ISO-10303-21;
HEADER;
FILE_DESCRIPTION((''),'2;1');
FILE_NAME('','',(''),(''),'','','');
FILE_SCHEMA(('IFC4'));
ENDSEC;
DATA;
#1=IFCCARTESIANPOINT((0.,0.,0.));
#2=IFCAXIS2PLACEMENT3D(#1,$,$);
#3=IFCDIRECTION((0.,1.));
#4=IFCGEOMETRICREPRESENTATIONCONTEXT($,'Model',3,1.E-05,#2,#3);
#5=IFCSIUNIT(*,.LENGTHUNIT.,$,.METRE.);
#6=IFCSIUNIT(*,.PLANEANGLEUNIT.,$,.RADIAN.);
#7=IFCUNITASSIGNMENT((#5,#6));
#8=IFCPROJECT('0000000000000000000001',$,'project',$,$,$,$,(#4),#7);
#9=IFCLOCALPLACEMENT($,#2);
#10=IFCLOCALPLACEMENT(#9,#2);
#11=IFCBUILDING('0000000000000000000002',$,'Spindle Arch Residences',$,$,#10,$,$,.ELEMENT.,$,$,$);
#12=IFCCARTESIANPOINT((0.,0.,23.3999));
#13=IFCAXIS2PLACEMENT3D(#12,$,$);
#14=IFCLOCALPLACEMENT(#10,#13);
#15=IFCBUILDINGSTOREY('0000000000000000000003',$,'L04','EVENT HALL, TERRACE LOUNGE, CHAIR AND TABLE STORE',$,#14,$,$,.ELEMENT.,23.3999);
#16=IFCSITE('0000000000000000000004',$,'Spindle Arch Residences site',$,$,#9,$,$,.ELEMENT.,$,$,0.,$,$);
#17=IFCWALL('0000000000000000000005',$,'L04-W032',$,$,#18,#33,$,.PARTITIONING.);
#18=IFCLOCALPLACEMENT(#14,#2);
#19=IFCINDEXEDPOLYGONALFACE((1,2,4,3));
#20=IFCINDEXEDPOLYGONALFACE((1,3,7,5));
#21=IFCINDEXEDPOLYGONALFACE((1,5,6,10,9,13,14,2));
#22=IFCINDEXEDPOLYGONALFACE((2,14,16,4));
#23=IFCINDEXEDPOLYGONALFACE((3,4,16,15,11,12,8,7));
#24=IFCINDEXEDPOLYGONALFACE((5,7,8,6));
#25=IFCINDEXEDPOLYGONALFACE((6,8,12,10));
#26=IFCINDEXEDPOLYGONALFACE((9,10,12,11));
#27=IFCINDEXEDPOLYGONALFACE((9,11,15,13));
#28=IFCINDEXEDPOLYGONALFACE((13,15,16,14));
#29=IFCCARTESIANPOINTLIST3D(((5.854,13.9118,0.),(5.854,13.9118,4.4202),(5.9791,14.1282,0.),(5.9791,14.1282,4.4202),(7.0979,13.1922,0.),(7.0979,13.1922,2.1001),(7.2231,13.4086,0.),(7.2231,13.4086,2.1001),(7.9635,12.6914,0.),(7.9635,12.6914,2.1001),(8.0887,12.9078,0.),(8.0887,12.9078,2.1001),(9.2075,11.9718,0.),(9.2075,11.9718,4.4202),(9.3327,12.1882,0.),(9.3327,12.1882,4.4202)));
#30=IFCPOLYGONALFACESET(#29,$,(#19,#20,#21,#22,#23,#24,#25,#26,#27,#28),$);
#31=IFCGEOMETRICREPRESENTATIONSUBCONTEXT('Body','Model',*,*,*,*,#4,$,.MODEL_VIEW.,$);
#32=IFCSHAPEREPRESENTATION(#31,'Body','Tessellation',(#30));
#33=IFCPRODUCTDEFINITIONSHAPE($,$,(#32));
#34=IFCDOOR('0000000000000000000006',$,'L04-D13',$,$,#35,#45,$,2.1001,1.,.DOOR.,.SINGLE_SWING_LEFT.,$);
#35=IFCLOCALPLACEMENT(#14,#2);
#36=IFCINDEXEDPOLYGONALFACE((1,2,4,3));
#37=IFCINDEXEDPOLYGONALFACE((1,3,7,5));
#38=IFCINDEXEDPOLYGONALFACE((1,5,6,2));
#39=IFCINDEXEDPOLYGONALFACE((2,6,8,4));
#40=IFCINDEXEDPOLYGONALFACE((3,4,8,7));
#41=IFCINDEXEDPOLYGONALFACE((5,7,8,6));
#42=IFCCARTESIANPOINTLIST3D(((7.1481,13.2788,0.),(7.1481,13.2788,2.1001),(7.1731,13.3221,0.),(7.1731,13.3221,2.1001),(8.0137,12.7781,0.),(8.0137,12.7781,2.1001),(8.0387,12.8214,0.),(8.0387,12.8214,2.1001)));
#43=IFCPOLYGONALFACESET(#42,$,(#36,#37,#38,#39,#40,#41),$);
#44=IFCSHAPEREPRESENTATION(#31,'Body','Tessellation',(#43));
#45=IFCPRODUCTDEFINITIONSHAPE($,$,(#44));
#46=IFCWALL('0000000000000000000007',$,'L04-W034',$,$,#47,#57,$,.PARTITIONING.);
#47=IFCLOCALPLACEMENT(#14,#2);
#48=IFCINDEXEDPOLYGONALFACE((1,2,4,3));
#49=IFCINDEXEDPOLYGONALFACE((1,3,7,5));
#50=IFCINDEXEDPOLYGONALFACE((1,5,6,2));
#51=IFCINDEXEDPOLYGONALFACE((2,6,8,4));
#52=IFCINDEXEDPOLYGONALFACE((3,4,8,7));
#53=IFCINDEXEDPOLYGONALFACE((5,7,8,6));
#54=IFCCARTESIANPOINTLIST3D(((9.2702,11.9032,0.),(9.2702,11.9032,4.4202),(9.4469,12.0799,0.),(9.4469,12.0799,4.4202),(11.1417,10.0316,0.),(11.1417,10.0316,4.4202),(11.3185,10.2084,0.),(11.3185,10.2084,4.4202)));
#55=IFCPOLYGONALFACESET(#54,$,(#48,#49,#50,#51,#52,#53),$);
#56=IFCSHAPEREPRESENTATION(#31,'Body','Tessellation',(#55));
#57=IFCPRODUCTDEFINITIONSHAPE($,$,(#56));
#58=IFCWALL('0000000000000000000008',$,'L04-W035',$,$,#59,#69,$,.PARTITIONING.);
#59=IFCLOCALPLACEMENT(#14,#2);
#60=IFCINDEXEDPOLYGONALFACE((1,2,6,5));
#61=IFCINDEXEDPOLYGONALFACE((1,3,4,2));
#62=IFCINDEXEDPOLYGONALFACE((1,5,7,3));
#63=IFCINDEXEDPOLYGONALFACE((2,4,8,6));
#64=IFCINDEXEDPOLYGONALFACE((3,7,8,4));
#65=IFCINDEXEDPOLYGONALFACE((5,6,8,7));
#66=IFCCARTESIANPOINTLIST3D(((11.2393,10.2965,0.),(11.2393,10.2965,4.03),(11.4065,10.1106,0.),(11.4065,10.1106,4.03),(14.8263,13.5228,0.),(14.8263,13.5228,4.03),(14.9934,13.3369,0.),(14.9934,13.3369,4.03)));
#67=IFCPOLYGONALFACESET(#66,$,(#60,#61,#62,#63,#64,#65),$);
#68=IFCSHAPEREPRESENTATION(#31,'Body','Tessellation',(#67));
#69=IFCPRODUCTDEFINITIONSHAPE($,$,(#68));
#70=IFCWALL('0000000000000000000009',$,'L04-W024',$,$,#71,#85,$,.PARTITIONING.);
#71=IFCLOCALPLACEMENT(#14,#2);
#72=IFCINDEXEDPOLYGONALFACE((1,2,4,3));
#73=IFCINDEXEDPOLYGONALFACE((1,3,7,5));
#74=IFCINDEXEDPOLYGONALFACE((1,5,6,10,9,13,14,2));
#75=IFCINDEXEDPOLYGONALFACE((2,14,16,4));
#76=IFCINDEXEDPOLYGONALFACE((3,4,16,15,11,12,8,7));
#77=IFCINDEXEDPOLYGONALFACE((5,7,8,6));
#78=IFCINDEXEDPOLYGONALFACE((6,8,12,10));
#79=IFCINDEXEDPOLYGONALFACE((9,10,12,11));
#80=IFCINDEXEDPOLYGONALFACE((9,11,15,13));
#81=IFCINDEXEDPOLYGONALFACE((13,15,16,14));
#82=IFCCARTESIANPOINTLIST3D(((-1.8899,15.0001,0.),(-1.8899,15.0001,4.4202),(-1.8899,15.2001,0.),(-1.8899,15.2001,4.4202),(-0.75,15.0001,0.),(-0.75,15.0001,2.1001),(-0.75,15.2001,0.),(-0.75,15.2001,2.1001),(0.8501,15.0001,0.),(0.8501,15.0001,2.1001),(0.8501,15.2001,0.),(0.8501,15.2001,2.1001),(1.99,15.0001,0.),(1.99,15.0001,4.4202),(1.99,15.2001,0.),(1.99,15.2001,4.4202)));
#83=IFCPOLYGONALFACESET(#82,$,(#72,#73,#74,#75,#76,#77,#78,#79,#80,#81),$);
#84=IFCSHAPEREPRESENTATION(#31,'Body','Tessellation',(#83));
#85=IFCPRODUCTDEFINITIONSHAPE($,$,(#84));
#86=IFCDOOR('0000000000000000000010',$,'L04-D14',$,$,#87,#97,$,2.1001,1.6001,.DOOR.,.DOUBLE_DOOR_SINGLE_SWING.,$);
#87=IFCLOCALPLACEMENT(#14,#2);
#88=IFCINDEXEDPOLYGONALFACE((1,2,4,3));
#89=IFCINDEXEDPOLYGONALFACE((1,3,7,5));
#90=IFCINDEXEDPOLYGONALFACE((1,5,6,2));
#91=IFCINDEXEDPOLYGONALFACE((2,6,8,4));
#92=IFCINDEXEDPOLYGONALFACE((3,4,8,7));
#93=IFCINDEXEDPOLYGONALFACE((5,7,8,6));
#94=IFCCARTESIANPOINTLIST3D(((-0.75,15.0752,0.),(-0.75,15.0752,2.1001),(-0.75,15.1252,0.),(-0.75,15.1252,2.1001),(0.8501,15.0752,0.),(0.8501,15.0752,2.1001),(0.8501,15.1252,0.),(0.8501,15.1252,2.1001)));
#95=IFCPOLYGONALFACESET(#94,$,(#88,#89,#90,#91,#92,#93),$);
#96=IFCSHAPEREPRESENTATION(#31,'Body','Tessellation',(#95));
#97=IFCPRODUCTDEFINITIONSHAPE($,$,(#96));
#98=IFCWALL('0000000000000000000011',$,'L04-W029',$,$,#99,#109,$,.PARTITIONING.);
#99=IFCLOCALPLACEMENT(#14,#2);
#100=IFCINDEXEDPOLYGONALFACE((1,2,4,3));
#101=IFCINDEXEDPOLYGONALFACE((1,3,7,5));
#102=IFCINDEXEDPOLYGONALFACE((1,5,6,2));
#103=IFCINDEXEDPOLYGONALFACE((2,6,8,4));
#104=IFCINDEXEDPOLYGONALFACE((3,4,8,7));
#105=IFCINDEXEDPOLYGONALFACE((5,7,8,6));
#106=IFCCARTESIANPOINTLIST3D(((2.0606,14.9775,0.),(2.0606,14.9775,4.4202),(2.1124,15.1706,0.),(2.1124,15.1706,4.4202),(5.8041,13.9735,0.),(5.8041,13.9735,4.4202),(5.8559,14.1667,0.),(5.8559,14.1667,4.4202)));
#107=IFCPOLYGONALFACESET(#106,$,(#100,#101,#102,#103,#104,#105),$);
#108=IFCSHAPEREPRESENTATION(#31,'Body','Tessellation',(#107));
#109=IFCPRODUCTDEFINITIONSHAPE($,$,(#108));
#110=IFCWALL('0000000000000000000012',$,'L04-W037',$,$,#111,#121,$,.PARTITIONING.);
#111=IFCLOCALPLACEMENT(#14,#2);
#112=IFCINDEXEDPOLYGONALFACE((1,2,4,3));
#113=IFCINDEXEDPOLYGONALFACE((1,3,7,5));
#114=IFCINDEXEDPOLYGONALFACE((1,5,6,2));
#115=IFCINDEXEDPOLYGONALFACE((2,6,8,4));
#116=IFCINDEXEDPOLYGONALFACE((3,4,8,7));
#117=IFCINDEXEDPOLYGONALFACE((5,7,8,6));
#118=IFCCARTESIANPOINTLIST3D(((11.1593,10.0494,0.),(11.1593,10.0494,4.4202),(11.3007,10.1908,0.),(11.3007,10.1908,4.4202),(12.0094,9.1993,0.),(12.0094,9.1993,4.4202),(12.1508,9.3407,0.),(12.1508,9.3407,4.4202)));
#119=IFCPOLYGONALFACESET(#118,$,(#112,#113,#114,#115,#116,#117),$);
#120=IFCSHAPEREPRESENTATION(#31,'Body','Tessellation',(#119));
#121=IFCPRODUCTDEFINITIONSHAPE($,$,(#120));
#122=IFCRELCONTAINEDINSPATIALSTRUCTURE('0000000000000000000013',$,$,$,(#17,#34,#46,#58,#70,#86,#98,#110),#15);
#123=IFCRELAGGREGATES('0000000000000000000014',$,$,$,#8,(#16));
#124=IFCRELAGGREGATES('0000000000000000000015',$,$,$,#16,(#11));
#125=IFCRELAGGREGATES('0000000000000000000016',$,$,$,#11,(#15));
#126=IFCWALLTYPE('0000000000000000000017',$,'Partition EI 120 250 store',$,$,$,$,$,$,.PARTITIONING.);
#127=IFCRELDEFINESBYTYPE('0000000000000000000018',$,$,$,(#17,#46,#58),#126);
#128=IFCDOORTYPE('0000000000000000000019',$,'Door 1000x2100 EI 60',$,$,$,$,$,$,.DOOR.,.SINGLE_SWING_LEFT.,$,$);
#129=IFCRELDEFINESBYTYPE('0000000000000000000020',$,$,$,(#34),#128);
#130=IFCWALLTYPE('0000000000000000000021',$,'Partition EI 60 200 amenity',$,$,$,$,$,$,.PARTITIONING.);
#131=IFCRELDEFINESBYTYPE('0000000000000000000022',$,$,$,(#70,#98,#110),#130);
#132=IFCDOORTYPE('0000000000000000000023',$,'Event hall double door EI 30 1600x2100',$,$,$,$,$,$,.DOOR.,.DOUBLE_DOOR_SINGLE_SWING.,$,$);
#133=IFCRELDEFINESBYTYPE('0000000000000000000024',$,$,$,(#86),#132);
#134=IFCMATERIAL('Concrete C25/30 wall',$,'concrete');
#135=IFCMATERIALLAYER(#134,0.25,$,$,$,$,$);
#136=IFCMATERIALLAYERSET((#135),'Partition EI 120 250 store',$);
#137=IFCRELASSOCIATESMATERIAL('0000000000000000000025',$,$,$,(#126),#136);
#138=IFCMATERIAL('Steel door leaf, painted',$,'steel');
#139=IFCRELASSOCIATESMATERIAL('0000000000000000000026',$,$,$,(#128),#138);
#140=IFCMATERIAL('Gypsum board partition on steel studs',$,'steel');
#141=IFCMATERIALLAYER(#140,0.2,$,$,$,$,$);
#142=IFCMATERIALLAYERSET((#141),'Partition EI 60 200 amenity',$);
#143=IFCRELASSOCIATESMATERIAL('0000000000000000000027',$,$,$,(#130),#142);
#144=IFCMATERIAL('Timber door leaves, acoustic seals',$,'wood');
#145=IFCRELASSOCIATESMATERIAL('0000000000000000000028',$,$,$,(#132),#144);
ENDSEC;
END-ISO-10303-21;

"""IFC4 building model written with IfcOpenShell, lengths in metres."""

from ifc_helpers import new_model, si_unit, direction, frame, frame_2d, origin, place, context, subcontext, project, spatial, rectangle, extrude, material, layer, layer_set, type_object, element, fill, save


model = new_model("IFC4")

# Units and contexts
model_context = context("Model", 3, precision=1e-05, world=origin(), true_north=direction((0.0, 1.0)))
body_context = subcontext(model_context, "Body", "Model", "MODEL_VIEW")
ifc_project = project(units=[si_unit("LENGTHUNIT", "METRE"), si_unit("PLANEANGLEUNIT", "RADIAN")], contexts=[model_context])

# Site, building, storey
site_placement = place(None, origin())
site = spatial("IfcSite", under=ifc_project, at=site_placement, Name="Spindle Arch Residences site", CompositionType="ELEMENT", RefElevation=0.0)
building_placement = place(site_placement, origin())
building = spatial("IfcBuilding", under=site, at=building_placement, Name="Spindle Arch Residences", CompositionType="ELEMENT")
storey_placement = place(building_placement, frame((0.0, 0.0, 23.3999)))
storey = spatial("IfcBuildingStorey", under=building, at=storey_placement, Name="L04", Description="EVENT HALL, TERRACE LOUNGE, CHAIR AND TABLE STORE", CompositionType="ELEMENT", Elevation=23.3999)

# Wall, opening, door
ifc_material_1 = material(Name="Concrete C25/30 wall", Category="concrete")
ifc_layer_1 = layer(ifc_material_1, 0.25)
ifc_layer_set_1 = layer_set([ifc_layer_1], Name="Partition EI 120 250 store")
wall_type_1 = type_object("IfcWallType", Name="Partition EI 120 250 store", PredefinedType="PARTITIONING", material=ifc_layer_set_1)
wall_1_placement = place(storey_placement, frame((9.27, 12.0801, 0.0), z_axis=(0.0, 0.0, 1.0), x_axis=(-0.865602, 0.500733, 0.0)))
wall_1 = element("IfcWall", 1, at=wall_1_placement, inside=storey, type_object=wall_type_1, Name="L04-W032", PredefinedType="PARTITIONING", context=body_context, shape_type="SweptSolid", body=[
    extrude(rectangle(XDim=3.8743, YDim=0.25, at=frame_2d((1.937, 0.0))), origin(), (0.0, 0.0, 1.0), 4.4202),
])
opening_1_placement = place(wall_1_placement, frame((1.437, 0.0, 0.0)))
opening_1 = element("IfcOpeningElement", 2, at=opening_1_placement, cuts=wall_1, PredefinedType="OPENING", context=body_context, shape_type="SweptSolid", body=[
    extrude(rectangle(XDim=1.0, YDim=2.1001, at=frame_2d((0.5, 1.05))), frame((0.0, 0.135, 0.0), z_axis=(0.0, -1.0, 0.0), x_axis=(1.0, 0.0, 0.0)), (0.0, 0.0, 1.0), 0.27),
])
ifc_material_2 = material(Name="Steel door leaf, painted", Category="steel")
door_type_1 = type_object("IfcDoorType", Name="Door 1000x2100 EI 60", OperationType="SINGLE_SWING_LEFT", PredefinedType="DOOR", material=ifc_material_2)
door_1_placement = place(opening_1_placement, origin())
door_1 = element("IfcDoor", 3, at=door_1_placement, inside=storey, type_object=door_type_1, Name="L04-D13", OperationType="SINGLE_SWING_LEFT", OverallHeight=2.1001, OverallWidth=1.0, PredefinedType="DOOR", context=body_context, shape_type="SweptSolid", body=[
    extrude(rectangle(XDim=1.0, YDim=2.1001, at=frame_2d((0.5, 1.05))), frame((0.0, 0.0249, 0.0), z_axis=(0.0, -1.0, 0.0), x_axis=(1.0, 0.0, 0.0)), (0.0, 0.0, 1.0), 0.05),
])
fill(opening_1, door_1)

# Walls
wall_2_placement = place(storey_placement, frame((11.23, 10.1201, 0.0), z_axis=(0.0, 0.0, 1.0), x_axis=(-0.707107, 0.707107, 0.0)))
element("IfcWall", 4, at=wall_2_placement, inside=storey, type_object=wall_type_1, Name="L04-W034", PredefinedType="PARTITIONING", context=body_context, shape_type="SweptSolid", body=[
    extrude(rectangle(XDim=2.6467, YDim=0.25, at=frame_2d((1.3232, 0.0))), origin(), (0.0, 0.0, 1.0), 4.4202),
])
wall_3_placement = place(storey_placement, frame((11.323, 10.2036, 0.0), z_axis=(0.0, 0.0, 1.0), x_axis=(0.74349, 0.668747, 0.0)))
element("IfcWall", 5, at=wall_3_placement, inside=storey, type_object=wall_type_1, Name="L04-W035", PredefinedType="PARTITIONING", context=body_context, shape_type="SweptSolid", body=[
    extrude(rectangle(XDim=4.8245, YDim=0.25, at=frame_2d((2.4121, 0.0))), origin(), (0.0, 0.0, 1.0), 4.03),
])

# Wall, opening, door
ifc_material_3 = material(Name="Gypsum board partition on steel studs", Category="steel")
ifc_layer_2 = layer(ifc_material_3, 0.2)
ifc_layer_set_2 = layer_set([ifc_layer_2], Name="Partition EI 60 200 amenity")
wall_type_2 = type_object("IfcWallType", Name="Partition EI 60 200 amenity", PredefinedType="PARTITIONING", material=ifc_layer_set_2)
wall_4_placement = place(storey_placement, frame((1.99, 15.1001, 0.0), z_axis=(0.0, 0.0, 1.0), x_axis=(-1.0, 0.0, 0.0)))
wall_4 = element("IfcWall", 6, at=wall_4_placement, inside=storey, type_object=wall_type_2, Name="L04-W024", PredefinedType="PARTITIONING", context=body_context, shape_type="SweptSolid", body=[
    extrude(rectangle(XDim=3.8799, YDim=0.2, at=frame_2d((1.9399, 0.0))), origin(), (0.0, 0.0, 1.0), 4.4202),
])
opening_2_placement = place(wall_4_placement, frame((1.1399, 0.0, 0.0)))
opening_2 = element("IfcOpeningElement", 7, at=opening_2_placement, cuts=wall_4, PredefinedType="OPENING", context=body_context, shape_type="SweptSolid", body=[
    extrude(rectangle(XDim=1.6001, YDim=2.1001, at=frame_2d((0.8, 1.05))), frame((0.0, 0.1099, 0.0), z_axis=(0.0, -1.0, 0.0), x_axis=(1.0, 0.0, 0.0)), (0.0, 0.0, 1.0), 0.22),
])
ifc_material_4 = material(Name="Timber door leaves, acoustic seals", Category="wood")
door_type_2 = type_object("IfcDoorType", Name="Event hall double door EI 30 1600x2100", OperationType="DOUBLE_DOOR_SINGLE_SWING", PredefinedType="DOOR", material=ifc_material_4)
door_2_placement = place(opening_2_placement, origin())
door_2 = element("IfcDoor", 8, at=door_2_placement, inside=storey, type_object=door_type_2, Name="L04-D14", OperationType="DOUBLE_DOOR_SINGLE_SWING", OverallHeight=2.1001, OverallWidth=1.6001, PredefinedType="DOOR", context=body_context, shape_type="SweptSolid", body=[
    extrude(rectangle(XDim=1.6001, YDim=2.1001, at=frame_2d((0.8, 1.05))), frame((0.0, 0.0249, 0.0), z_axis=(0.0, -1.0, 0.0), x_axis=(1.0, 0.0, 0.0)), (0.0, 0.0, 1.0), 0.05),
])
fill(opening_2, door_2)

# Walls
wall_5_placement = place(storey_placement, frame((5.8301, 14.0701, 0.0), z_axis=(0.0, 0.0, 1.0), x_axis=(-0.96587, 0.259027, 0.0)))
element("IfcWall", 9, at=wall_5_placement, inside=storey, type_object=wall_type_2, Name="L04-W029", PredefinedType="PARTITIONING", context=body_context, shape_type="SweptSolid", body=[
    extrude(rectangle(XDim=3.8757, YDim=0.2, at=frame_2d((1.938, 0.0))), origin(), (0.0, 0.0, 1.0), 4.4202),
])
wall_6_placement = place(storey_placement, frame((12.0801, 9.27, 0.0), z_axis=(0.0, 0.0, 1.0), x_axis=(-0.707107, 0.707107, 0.0)))
element("IfcWall", 10, at=wall_6_placement, inside=storey, type_object=wall_type_2, Name="L04-W037", PredefinedType="PARTITIONING", context=body_context, shape_type="SweptSolid", body=[
    extrude(rectangle(XDim=1.2021, YDim=0.2, at=frame_2d((0.6011, 0.0))), origin(), (0.0, 0.0, 1.0), 4.4202),
])

save(model, "model.ifc")
